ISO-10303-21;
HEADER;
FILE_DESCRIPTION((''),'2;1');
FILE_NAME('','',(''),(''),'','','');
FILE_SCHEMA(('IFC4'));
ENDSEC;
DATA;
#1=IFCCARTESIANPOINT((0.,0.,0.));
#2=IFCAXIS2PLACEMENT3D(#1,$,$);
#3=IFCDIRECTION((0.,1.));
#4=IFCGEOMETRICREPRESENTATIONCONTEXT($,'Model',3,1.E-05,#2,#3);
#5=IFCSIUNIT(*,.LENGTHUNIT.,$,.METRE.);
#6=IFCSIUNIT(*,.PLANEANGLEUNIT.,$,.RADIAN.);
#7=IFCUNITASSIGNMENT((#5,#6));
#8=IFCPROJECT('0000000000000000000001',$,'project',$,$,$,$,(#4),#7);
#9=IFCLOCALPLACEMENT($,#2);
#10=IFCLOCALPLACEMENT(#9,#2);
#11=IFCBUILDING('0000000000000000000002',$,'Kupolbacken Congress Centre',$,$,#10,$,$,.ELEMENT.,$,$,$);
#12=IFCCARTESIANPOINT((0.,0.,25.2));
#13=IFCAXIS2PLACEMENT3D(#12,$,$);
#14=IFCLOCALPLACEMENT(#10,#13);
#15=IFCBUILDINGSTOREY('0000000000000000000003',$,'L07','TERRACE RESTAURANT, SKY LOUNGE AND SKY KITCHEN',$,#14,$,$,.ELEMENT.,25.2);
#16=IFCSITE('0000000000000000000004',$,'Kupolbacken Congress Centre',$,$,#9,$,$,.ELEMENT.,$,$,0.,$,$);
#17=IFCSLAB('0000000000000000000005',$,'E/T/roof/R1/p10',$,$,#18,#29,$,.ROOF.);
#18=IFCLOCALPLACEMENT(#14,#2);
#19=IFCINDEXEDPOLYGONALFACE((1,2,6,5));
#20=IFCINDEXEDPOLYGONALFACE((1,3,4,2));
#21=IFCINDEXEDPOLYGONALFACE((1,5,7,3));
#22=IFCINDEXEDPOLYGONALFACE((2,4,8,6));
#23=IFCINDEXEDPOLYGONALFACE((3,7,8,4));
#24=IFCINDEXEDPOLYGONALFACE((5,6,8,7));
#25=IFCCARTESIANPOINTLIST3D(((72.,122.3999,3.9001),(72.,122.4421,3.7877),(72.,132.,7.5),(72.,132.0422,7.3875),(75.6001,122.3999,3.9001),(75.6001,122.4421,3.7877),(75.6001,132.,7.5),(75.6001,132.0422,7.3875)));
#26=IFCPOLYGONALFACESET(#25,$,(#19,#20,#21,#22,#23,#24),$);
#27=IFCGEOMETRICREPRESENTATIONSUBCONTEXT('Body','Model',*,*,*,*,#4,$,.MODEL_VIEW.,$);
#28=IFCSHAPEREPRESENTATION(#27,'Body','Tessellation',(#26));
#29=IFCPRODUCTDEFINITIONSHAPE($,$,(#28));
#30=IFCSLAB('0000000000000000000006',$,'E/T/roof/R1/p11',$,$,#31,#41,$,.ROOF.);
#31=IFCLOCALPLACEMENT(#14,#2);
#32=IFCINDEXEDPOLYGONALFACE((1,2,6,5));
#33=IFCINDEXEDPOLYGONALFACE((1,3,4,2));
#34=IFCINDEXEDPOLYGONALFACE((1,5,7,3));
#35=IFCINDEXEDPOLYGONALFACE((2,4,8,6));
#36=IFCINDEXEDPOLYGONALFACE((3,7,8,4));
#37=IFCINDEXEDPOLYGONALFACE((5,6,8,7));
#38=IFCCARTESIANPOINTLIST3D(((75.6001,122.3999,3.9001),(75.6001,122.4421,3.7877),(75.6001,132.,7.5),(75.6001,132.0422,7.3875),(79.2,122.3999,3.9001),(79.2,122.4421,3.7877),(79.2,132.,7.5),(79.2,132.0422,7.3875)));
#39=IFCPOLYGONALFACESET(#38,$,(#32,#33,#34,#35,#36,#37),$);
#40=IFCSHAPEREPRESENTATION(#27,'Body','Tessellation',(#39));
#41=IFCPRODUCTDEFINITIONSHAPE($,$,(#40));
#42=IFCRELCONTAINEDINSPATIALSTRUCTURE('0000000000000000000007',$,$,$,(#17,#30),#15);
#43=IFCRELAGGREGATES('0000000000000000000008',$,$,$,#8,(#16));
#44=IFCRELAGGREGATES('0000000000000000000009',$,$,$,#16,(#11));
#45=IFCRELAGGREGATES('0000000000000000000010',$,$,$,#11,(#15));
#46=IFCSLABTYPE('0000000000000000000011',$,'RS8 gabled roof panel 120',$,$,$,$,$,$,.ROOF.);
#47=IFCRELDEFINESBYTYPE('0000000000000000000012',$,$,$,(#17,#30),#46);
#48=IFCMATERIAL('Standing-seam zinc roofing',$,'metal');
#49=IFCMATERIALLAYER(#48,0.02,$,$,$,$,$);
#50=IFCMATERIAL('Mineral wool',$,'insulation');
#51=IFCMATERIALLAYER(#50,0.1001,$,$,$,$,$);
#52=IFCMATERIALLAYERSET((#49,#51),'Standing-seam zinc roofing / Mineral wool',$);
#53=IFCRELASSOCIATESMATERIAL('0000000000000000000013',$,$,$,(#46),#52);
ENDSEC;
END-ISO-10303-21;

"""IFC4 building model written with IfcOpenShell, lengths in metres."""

from ifc_helpers import new_model, si_unit, direction, frame, origin, place, context, subcontext, project, spatial, polyline, outline, extrude, material, layer, layer_set, type_object, element, save


model = new_model("IFC4")

# Units and contexts
model_context = context("Model", 3, precision=1e-05, world=origin(), true_north=direction((0.0, 1.0)))
body_context = subcontext(model_context, "Body", "Model", "MODEL_VIEW")
ifc_project = project(units=[si_unit("LENGTHUNIT", "METRE"), si_unit("PLANEANGLEUNIT", "RADIAN")], contexts=[model_context])

# Site, building, storey
site_placement = place(None, origin())
site = spatial("IfcSite", under=ifc_project, at=site_placement, Name="Kupolbacken Congress Centre", CompositionType="ELEMENT", RefElevation=0.0)
building_placement = place(site_placement, origin())
building = spatial("IfcBuilding", under=site, at=building_placement, Name="Kupolbacken Congress Centre", CompositionType="ELEMENT")
storey_placement = place(building_placement, frame((0.0, 0.0, 25.2)))
storey = spatial("IfcBuildingStorey", under=building, at=storey_placement, Name="L07", Description="TERRACE RESTAURANT, SKY LOUNGE AND SKY KITCHEN", CompositionType="ELEMENT", Elevation=25.2)

# Slabs
ifc_material_1 = material(Name="Standing-seam zinc roofing", Category="metal")
ifc_layer_1 = layer(ifc_material_1, 0.02)
ifc_material_2 = material(Name="Mineral wool", Category="insulation")
ifc_layer_2 = layer(ifc_material_2, 0.1001)
ifc_layer_set_1 = layer_set([ifc_layer_1, ifc_layer_2], Name="Standing-seam zinc roofing / Mineral wool")
slab_type = type_object("IfcSlabType", Name="RS8 gabled roof panel 120", PredefinedType="ROOF", material=ifc_layer_set_1)
slab_1_placement = place(storey_placement, frame((72.0, 122.3999, 3.9001), z_axis=(0.0, -0.351108, 0.936335), x_axis=(1.0, 0.0, 0.0)))
element("IfcSlab", 1, at=slab_1_placement, inside=storey, type_object=slab_type, Name="E/T/roof/R1/p10", PredefinedType="ROOF", context=body_context, shape_type="SweptSolid", body=[
    extrude(outline(polyline([(0.0, 0.0), (3.6001, 0.0), (3.6001, 10.2528), (0.0, 10.2528), (0.0, 0.0)])), origin(), (0.0, 0.0, -1.0), 0.1201),
])
slab_2_placement = place(storey_placement, frame((75.6001, 122.3999, 3.9001), z_axis=(0.0, -0.351108, 0.936335), x_axis=(1.0, 0.0, 0.0)))
element("IfcSlab", 2, at=slab_2_placement, inside=storey, type_object=slab_type, Name="E/T/roof/R1/p11", PredefinedType="ROOF", context=body_context, shape_type="SweptSolid", body=[
    extrude(outline(polyline([(0.0, 0.0), (3.5999, 0.0), (3.5999, 10.2528), (0.0, 10.2528), (0.0, 0.0)])), origin(), (0.0, 0.0, -1.0), 0.1201),
])

save(model, "model.ifc")
